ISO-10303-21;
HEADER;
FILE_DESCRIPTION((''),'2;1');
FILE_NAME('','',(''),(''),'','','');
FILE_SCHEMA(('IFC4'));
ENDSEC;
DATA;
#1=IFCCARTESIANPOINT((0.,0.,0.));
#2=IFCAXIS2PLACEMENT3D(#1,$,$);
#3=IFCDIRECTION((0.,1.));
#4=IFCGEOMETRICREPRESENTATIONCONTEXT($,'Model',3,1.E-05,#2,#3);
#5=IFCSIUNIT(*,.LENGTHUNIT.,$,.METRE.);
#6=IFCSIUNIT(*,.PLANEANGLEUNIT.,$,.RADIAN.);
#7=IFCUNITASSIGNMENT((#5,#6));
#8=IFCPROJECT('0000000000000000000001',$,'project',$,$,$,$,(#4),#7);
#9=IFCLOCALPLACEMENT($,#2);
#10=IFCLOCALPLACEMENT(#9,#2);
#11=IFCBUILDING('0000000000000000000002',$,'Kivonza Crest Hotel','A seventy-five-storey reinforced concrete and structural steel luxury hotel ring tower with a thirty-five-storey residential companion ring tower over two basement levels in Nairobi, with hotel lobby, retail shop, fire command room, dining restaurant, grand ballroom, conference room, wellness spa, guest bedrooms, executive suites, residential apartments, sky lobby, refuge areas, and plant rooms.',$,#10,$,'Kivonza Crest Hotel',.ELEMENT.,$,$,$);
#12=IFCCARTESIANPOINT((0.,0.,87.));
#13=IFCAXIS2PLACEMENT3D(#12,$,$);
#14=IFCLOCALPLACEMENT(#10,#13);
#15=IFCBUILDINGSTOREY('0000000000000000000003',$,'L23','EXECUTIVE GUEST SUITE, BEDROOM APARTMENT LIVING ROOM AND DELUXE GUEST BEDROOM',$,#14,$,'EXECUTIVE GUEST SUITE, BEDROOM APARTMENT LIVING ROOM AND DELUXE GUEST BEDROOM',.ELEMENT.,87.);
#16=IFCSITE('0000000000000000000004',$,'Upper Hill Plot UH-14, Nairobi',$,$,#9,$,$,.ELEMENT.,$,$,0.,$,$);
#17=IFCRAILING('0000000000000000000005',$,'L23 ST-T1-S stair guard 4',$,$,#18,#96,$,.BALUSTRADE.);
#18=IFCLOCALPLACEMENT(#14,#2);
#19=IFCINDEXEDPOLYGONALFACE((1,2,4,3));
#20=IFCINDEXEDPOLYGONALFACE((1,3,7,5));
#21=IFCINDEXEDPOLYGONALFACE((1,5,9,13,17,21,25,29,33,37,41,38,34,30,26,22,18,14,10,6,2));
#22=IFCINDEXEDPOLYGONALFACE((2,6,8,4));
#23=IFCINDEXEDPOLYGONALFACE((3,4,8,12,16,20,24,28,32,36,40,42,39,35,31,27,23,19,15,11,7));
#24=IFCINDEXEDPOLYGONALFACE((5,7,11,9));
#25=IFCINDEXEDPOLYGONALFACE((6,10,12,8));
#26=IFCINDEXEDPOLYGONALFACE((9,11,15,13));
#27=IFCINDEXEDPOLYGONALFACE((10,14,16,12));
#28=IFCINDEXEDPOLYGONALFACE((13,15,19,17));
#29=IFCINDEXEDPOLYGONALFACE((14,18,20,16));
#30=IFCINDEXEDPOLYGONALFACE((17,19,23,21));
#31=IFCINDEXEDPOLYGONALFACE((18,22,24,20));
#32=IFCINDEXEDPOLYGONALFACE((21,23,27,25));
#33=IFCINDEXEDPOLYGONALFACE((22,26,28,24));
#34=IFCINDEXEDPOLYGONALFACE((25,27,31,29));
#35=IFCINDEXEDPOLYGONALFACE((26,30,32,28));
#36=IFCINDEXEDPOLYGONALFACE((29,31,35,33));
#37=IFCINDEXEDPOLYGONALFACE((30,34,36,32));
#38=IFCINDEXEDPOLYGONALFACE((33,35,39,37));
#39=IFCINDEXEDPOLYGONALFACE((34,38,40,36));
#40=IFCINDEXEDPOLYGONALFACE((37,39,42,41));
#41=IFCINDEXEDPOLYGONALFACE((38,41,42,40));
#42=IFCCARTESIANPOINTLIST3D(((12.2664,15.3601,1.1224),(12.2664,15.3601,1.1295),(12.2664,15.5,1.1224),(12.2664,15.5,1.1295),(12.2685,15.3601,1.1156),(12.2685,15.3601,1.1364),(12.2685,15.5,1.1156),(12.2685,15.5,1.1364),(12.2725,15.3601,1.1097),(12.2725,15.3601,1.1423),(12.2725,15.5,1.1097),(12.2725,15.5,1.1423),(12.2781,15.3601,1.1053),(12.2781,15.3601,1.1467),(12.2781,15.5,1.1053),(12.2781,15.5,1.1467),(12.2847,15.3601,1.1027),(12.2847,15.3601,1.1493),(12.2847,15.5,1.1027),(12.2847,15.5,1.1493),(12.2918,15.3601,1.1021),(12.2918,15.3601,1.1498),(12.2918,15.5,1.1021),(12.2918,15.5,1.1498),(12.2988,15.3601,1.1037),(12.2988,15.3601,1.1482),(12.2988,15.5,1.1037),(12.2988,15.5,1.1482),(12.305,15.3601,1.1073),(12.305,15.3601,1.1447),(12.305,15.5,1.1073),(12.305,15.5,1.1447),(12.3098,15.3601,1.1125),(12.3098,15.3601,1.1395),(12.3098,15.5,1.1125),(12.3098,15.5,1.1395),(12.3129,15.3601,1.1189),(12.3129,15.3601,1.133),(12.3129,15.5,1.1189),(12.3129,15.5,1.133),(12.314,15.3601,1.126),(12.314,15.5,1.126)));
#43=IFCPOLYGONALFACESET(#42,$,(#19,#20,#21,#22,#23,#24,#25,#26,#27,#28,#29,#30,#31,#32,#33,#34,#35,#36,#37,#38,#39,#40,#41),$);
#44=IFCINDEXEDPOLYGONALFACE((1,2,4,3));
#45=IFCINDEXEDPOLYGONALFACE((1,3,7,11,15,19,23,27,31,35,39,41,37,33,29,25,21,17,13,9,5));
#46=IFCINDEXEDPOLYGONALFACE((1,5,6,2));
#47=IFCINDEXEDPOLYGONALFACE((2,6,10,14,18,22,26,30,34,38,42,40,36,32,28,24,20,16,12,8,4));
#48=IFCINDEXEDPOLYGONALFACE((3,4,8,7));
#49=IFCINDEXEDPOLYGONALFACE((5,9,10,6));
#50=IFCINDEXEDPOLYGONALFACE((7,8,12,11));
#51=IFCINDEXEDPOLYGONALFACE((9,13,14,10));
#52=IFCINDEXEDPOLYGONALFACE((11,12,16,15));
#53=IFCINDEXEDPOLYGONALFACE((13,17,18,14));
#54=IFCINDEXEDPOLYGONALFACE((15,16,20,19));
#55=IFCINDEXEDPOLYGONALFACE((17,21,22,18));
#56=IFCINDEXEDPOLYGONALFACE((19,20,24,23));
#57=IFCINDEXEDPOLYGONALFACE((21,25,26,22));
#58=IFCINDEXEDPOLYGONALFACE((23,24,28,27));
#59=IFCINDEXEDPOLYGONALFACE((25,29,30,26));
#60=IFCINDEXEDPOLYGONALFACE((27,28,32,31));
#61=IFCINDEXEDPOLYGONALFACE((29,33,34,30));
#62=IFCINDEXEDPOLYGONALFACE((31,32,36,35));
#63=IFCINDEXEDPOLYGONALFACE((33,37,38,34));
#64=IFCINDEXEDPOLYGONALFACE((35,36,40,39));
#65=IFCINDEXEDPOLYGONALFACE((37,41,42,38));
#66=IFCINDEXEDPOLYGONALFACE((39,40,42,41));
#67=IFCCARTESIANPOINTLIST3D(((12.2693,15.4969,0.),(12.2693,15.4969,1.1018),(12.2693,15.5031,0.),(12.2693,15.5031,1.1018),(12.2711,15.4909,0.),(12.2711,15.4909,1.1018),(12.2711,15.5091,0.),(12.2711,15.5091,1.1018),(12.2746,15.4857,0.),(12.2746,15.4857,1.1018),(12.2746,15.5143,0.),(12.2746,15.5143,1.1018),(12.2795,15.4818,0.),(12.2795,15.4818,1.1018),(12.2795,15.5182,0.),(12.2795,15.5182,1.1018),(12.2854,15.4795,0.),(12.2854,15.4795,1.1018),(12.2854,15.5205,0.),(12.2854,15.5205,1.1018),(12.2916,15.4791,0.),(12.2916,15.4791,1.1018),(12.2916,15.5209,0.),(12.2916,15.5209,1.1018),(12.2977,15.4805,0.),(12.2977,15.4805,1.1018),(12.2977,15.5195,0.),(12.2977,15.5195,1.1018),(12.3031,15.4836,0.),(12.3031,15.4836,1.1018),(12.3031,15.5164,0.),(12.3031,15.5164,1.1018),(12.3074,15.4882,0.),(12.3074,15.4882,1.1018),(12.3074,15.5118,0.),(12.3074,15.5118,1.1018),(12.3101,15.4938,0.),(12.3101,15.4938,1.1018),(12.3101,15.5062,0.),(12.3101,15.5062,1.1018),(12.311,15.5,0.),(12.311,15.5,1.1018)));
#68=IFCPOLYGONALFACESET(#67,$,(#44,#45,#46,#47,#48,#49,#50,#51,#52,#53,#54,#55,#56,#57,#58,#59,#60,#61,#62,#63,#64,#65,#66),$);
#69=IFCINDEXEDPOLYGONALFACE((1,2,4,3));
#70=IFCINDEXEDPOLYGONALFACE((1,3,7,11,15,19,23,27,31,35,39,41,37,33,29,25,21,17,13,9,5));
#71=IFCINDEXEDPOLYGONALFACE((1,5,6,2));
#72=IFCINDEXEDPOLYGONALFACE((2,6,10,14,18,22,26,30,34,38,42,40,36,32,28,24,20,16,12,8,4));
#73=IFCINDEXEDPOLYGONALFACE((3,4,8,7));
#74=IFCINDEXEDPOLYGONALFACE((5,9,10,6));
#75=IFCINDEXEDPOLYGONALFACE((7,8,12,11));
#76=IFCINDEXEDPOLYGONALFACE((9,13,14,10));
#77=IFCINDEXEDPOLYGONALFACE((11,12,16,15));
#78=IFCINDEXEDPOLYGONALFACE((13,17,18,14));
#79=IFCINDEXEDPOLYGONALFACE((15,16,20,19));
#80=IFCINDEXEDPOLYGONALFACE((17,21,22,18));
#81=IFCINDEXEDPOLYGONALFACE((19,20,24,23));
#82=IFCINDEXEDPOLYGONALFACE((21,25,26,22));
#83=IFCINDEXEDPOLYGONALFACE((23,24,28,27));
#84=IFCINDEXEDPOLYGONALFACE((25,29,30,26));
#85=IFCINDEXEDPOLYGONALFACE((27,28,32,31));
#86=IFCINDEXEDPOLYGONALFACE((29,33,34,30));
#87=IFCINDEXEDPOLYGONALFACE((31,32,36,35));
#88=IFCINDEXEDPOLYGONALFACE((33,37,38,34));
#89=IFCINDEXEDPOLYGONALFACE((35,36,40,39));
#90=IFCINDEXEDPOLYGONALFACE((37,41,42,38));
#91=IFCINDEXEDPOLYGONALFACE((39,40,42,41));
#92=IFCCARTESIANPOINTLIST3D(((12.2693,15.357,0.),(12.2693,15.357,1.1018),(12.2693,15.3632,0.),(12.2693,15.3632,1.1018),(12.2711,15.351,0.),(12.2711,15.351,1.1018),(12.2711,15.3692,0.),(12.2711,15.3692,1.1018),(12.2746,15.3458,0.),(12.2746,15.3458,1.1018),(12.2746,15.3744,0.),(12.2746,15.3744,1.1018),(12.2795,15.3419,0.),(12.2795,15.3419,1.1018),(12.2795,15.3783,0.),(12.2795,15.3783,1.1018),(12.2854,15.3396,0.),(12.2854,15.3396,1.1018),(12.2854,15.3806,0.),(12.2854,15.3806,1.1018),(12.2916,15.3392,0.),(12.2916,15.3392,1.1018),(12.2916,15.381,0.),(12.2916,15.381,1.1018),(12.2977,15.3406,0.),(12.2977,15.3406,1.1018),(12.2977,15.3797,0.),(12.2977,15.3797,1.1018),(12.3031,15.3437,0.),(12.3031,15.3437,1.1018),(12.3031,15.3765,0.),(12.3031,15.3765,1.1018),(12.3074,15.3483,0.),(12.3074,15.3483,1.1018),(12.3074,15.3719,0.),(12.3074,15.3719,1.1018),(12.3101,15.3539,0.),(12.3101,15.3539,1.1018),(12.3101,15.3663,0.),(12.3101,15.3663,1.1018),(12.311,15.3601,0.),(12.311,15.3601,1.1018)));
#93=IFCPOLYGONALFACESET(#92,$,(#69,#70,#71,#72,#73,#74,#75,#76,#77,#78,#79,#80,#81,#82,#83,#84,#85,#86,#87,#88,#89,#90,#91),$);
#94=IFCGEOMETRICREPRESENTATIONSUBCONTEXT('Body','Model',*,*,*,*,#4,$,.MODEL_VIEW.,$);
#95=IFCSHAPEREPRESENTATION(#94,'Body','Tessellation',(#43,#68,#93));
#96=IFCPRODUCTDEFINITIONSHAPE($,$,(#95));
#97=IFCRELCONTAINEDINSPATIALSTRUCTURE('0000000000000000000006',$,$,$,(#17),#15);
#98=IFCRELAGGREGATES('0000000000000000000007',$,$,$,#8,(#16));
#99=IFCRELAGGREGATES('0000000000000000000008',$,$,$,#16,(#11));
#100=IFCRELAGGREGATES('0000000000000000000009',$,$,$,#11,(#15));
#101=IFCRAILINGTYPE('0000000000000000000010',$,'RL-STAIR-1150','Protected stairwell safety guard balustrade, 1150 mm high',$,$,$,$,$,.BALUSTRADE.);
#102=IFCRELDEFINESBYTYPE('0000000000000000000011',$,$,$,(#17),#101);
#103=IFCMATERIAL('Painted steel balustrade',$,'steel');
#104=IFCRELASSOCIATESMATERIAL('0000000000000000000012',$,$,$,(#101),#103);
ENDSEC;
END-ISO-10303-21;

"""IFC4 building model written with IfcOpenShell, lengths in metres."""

from ifc_helpers import new_model, si_unit, direction, frame, origin, origin_2d, place, context, subcontext, project, spatial, circle, extrude, material, type_object, element, save


model = new_model("IFC4")

# Units and contexts
model_context = context("Model", 3, precision=1e-05, world=origin(), true_north=direction((0.0, 1.0)))
body_context = subcontext(model_context, "Body", "Model", "MODEL_VIEW")
ifc_project = project(units=[si_unit("LENGTHUNIT", "METRE"), si_unit("PLANEANGLEUNIT", "RADIAN")], contexts=[model_context])

# Site, building, storey
site_placement = place(None, origin())
site = spatial("IfcSite", under=ifc_project, at=site_placement, Name="Upper Hill Plot UH-14, Nairobi", CompositionType="ELEMENT", RefElevation=0.0)
building_placement = place(site_placement, origin())
building = spatial("IfcBuilding", under=site, at=building_placement, Name="Kivonza Crest Hotel", Description="A seventy-five-storey reinforced concrete and structural steel luxury hotel ring tower with a thirty-five-storey residential companion ring tower over two basement levels in Nairobi, with hotel lobby, retail shop, fire command room, dining restaurant, grand ballroom, conference room, wellness spa, guest bedrooms, executive suites, residential apartments, sky lobby, refuge areas, and plant rooms.", LongName="Kivonza Crest Hotel", CompositionType="ELEMENT")
storey_placement = place(building_placement, frame((0.0, 0.0, 87.0)))
storey = spatial("IfcBuildingStorey", under=building, at=storey_placement, Name="L23", Description="EXECUTIVE GUEST SUITE, BEDROOM APARTMENT LIVING ROOM AND DELUXE GUEST BEDROOM", LongName="EXECUTIVE GUEST SUITE, BEDROOM APARTMENT LIVING ROOM AND DELUXE GUEST BEDROOM", CompositionType="ELEMENT", Elevation=87.0)

# Railing
ifc_material_1 = material(Name="Painted steel balustrade", Category="steel")
railing_type_1 = type_object("IfcRailingType", Name="RL-STAIR-1150", Description="Protected stairwell safety guard balustrade, 1150 mm high", PredefinedType="BALUSTRADE", material=ifc_material_1)
railing_1_placement = place(storey_placement, frame((12.29, 15.5, 0.0)))
element("IfcRailing", 1, at=railing_1_placement, inside=storey, type_object=railing_type_1, Name="L23 ST-T1-S stair guard 4", PredefinedType="BALUSTRADE", context=body_context, shape_type="SweptSolid", body=[
    extrude(circle(Radius=0.0239, at=origin_2d()), frame((0.0, 0.0, 1.126), z_axis=(0.0, -1.0, 0.0), x_axis=(1.0, 0.0, 0.0)), (0.0, 0.0, 1.0), 0.1399),
    extrude(circle(Radius=0.021, at=origin_2d()), origin(), (0.0, 0.0, 1.0), 1.1018),
    extrude(circle(Radius=0.021, at=origin_2d()), frame((0.0, -0.1399, 0.0)), (0.0, 0.0, 1.0), 1.1018),
])

save(model, "model.ifc")
